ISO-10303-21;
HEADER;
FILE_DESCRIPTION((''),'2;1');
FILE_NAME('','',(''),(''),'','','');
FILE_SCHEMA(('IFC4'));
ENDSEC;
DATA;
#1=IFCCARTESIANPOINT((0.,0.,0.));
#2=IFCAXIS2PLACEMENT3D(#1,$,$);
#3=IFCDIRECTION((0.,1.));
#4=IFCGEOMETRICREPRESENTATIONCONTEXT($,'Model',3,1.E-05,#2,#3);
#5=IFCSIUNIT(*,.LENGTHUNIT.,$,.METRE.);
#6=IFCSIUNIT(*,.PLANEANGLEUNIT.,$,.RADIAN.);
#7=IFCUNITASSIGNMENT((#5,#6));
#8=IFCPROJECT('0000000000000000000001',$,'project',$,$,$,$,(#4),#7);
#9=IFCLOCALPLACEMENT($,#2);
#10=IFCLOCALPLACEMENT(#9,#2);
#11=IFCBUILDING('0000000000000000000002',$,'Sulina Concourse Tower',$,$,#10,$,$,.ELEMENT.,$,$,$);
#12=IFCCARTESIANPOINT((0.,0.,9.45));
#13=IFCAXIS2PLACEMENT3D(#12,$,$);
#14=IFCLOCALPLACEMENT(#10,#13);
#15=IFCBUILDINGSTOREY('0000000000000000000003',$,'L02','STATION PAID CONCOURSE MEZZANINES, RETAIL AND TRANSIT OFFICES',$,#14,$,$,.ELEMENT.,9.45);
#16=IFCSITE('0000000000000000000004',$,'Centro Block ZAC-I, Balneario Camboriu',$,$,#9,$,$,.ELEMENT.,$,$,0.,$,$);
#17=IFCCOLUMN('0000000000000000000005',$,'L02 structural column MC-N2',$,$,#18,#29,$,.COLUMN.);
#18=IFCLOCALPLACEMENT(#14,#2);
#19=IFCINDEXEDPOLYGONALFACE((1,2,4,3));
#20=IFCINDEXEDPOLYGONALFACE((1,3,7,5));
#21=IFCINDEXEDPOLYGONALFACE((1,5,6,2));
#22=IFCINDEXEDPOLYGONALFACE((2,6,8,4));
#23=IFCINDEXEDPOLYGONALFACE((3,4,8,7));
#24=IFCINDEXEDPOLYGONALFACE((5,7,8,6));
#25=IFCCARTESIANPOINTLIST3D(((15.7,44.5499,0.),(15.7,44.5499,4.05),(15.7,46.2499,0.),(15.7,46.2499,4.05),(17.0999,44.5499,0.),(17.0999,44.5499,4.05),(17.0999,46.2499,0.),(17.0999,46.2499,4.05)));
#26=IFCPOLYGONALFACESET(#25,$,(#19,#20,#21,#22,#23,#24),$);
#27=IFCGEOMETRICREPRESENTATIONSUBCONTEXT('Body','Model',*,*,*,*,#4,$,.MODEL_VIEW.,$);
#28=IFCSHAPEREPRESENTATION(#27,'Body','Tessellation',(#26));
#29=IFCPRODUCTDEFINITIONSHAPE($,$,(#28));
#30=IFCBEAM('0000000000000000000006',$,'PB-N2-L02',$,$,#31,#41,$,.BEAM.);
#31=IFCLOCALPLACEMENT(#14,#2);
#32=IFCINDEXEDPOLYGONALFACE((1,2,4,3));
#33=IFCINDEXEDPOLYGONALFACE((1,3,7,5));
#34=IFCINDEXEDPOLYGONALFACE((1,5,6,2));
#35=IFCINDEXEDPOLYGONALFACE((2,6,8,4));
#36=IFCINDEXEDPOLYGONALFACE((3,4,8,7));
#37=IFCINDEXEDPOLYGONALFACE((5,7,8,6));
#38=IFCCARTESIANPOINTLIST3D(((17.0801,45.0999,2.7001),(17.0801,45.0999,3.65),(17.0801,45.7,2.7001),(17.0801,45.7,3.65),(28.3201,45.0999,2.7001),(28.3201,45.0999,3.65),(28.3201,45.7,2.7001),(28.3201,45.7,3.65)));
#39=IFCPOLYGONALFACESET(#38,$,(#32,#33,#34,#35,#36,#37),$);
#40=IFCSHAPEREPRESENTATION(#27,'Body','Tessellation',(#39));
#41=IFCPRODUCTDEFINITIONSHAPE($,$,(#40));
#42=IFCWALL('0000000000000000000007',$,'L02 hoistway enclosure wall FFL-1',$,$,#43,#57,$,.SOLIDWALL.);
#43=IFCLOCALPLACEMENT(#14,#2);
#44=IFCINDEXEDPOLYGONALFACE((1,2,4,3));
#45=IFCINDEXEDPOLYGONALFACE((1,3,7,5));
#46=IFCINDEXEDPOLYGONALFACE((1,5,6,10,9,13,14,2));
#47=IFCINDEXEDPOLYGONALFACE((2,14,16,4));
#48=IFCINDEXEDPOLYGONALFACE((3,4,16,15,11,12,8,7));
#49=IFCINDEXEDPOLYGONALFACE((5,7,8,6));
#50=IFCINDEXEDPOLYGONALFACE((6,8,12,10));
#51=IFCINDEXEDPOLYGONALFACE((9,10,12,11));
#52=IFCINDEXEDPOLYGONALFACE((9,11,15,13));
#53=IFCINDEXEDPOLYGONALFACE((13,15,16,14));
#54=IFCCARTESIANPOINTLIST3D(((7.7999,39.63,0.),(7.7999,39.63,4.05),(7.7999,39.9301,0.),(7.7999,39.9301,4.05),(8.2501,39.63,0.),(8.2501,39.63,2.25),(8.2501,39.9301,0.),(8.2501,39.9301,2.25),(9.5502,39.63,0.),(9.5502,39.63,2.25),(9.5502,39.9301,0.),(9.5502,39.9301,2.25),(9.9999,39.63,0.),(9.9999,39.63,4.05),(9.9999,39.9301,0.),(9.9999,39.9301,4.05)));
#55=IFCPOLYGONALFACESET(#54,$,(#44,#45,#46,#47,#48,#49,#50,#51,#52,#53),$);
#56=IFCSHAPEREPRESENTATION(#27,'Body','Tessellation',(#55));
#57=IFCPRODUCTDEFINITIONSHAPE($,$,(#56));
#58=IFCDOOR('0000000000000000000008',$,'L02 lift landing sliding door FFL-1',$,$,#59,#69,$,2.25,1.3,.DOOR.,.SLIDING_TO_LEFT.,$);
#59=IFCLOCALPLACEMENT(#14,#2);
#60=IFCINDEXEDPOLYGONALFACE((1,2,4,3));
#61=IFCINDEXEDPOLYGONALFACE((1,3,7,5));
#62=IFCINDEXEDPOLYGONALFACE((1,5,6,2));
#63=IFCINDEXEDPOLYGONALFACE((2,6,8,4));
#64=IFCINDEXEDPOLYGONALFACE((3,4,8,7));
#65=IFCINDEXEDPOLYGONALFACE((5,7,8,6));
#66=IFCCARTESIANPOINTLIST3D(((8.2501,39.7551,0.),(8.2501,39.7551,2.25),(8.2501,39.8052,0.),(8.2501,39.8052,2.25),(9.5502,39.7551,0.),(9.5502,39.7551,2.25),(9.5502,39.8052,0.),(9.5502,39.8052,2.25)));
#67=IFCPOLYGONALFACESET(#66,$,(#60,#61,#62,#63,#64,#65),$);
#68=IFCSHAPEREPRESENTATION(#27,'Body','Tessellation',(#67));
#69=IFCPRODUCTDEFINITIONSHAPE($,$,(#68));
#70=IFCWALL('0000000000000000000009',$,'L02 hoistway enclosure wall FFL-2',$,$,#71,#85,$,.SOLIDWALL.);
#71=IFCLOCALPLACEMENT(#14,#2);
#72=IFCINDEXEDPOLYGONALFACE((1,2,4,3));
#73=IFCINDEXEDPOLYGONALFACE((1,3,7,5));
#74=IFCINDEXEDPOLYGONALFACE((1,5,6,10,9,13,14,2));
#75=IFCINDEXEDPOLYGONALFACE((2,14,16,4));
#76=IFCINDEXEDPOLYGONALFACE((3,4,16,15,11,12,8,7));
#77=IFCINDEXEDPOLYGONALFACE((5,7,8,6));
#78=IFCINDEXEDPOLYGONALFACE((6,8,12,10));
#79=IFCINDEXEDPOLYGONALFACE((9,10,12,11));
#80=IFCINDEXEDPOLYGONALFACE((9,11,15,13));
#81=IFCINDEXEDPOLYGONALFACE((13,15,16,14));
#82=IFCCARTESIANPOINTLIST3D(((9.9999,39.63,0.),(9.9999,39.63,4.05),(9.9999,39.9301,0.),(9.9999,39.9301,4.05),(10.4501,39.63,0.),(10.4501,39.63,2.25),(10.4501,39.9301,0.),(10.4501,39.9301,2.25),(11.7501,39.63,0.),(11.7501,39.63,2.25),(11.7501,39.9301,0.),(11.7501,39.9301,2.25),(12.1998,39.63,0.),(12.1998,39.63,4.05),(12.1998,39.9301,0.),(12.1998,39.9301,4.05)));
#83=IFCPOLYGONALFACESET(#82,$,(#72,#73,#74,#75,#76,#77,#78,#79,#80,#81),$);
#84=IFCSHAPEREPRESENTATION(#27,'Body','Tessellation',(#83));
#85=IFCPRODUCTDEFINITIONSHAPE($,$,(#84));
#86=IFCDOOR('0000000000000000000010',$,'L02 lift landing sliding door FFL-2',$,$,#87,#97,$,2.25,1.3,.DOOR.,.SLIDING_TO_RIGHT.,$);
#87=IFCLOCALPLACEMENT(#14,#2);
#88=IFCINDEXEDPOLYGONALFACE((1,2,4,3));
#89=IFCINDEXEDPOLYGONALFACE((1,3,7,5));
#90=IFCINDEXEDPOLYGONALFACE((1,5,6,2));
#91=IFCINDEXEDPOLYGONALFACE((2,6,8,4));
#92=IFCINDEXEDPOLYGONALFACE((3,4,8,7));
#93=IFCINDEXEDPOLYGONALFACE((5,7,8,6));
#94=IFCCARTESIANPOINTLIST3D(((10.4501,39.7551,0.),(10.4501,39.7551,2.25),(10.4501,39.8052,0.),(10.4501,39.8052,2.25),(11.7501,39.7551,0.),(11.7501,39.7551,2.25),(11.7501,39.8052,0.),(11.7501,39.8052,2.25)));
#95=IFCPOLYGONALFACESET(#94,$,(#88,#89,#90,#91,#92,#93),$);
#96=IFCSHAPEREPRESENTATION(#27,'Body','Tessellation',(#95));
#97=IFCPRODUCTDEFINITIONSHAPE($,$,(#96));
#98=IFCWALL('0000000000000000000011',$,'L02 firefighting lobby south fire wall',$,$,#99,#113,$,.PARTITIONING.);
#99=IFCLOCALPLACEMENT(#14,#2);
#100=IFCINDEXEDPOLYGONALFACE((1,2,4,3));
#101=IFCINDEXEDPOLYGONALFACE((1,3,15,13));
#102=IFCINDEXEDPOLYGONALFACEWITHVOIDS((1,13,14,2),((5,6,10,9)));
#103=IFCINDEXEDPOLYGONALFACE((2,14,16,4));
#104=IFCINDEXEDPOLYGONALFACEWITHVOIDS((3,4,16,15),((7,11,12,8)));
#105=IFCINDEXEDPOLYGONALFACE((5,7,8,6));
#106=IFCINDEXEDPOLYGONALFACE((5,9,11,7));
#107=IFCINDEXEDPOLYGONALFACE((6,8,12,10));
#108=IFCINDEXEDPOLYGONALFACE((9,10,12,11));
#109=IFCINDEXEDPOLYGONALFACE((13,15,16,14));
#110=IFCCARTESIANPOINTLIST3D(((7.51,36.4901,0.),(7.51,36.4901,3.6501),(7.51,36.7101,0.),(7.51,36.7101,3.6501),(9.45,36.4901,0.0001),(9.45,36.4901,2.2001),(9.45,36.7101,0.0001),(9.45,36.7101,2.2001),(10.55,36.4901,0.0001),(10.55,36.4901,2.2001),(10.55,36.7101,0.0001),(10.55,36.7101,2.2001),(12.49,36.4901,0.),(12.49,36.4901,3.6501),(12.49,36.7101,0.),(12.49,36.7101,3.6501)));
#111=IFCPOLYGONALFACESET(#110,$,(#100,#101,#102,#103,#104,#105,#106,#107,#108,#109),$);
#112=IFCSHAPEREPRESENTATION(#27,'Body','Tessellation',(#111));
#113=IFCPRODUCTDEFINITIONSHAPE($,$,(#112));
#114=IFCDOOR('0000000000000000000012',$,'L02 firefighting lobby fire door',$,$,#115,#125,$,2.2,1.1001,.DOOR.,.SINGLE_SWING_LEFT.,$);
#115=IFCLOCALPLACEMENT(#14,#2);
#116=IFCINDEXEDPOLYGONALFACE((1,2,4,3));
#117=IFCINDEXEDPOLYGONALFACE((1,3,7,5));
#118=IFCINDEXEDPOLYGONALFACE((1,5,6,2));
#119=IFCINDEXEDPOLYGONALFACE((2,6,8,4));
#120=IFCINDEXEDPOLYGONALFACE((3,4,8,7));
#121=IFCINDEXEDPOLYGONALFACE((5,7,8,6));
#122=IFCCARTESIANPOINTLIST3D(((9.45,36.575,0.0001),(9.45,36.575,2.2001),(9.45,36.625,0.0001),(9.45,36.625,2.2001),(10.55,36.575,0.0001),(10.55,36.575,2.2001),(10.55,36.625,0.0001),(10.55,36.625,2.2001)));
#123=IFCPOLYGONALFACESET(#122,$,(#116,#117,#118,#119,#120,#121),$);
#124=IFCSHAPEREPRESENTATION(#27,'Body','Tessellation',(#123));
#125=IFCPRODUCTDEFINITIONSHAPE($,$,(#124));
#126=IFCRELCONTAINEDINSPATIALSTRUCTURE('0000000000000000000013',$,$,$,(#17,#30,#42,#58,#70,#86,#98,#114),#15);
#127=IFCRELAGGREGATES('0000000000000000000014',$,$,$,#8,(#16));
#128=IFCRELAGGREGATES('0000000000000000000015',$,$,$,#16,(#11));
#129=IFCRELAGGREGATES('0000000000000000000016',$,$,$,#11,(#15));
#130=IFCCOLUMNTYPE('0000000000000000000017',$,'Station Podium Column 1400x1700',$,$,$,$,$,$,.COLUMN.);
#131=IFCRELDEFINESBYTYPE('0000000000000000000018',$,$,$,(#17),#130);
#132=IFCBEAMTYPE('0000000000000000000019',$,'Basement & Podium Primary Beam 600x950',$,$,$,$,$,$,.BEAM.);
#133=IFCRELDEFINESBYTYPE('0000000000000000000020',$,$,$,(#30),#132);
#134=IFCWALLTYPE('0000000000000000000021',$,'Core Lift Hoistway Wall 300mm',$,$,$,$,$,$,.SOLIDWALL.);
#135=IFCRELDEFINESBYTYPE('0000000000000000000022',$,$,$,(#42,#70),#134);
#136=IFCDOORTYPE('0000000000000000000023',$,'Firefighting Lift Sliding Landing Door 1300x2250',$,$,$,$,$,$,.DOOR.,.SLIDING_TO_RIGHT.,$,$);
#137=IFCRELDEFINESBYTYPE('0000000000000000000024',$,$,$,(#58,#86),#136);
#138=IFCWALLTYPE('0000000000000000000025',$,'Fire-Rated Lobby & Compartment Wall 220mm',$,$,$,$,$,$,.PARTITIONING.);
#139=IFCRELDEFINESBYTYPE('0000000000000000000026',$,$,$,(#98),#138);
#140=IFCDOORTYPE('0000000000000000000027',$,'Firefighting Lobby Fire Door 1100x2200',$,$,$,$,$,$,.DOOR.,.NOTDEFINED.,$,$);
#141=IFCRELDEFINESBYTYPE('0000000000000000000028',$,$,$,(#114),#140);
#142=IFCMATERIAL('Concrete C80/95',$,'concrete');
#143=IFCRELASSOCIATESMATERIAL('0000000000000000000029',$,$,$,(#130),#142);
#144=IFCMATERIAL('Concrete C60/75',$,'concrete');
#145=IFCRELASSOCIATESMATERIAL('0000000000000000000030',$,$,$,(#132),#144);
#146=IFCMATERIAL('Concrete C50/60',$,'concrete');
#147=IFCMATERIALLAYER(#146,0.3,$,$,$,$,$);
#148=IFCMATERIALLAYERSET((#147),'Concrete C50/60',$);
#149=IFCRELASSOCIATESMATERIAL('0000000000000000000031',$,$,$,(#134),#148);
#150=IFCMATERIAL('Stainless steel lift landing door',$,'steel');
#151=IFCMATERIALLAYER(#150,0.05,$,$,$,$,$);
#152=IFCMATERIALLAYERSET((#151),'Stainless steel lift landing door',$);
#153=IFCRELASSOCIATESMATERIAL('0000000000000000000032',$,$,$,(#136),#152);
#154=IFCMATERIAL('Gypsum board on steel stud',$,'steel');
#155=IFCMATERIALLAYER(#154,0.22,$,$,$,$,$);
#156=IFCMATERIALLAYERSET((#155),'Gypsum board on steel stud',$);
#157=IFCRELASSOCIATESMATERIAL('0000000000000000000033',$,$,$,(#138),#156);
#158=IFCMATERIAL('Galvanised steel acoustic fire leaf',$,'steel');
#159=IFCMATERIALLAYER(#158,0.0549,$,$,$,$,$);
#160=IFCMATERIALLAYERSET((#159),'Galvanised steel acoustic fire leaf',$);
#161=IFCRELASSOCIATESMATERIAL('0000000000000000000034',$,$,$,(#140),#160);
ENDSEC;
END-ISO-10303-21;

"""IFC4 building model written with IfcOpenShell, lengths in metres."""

from ifc_helpers import new_model, si_unit, direction, frame, frame_2d, origin, origin_2d, place, context, subcontext, project, spatial, rectangle, extrude, material, layer, layer_set, material_profile, profile_set, type_object, element, fill, save


model = new_model("IFC4")

# Units and contexts
model_context = context("Model", 3, precision=1e-05, world=origin(), true_north=direction((0.0, 1.0)))
body_context = subcontext(model_context, "Body", "Model", "MODEL_VIEW")
ifc_project = project(units=[si_unit("LENGTHUNIT", "METRE"), si_unit("PLANEANGLEUNIT", "RADIAN")], contexts=[model_context])

# Site, building, storey
site_placement = place(None, origin())
site = spatial("IfcSite", under=ifc_project, at=site_placement, Name="Centro Block ZAC-I, Balneario Camboriu", CompositionType="ELEMENT", RefElevation=0.0)
building_placement = place(site_placement, origin())
building = spatial("IfcBuilding", under=site, at=building_placement, Name="Sulina Concourse Tower", CompositionType="ELEMENT")
storey_placement = place(building_placement, frame((0.0, 0.0, 9.45)))
storey = spatial("IfcBuildingStorey", under=building, at=storey_placement, Name="L02", Description="STATION PAID CONCOURSE MEZZANINES, RETAIL AND TRANSIT OFFICES", CompositionType="ELEMENT", Elevation=9.45)

# Column
ifc_material_1 = material(Name="Concrete C80/95", Category="concrete")
ifc_material_profile_1 = material_profile(ifc_material_1, rectangle(XDim=1.3999, YDim=1.7, at=origin_2d()), Name="RC 1400x1700")
ifc_profile_set_1 = profile_set([ifc_material_profile_1], Name="Concrete C80/95")
column_type = type_object("IfcColumnType", Name="Station Podium Column 1400x1700", PredefinedType="COLUMN", material=ifc_profile_set_1)
column_placement = place(storey_placement, frame((16.3999, 45.3999, 0.0), z_axis=(0.0, 0.0, 1.0), x_axis=(1.0, 0.0, 0.0)))
element("IfcColumn", 1, at=column_placement, inside=storey, type_object=column_type, Name="L02 structural column MC-N2", PredefinedType="COLUMN", context=body_context, shape_type="SweptSolid", body=[
    extrude(rectangle(XDim=1.3999, YDim=1.7, at=origin_2d()), origin(), (0.0, 0.0, 1.0), 4.05),
])

# Beam
ifc_material_2 = material(Name="Concrete C60/75", Category="concrete")
ifc_material_profile_2 = material_profile(ifc_material_2, rectangle(XDim=0.6001, YDim=0.95, at=origin_2d()), Name="RC 600x950")
ifc_profile_set_2 = profile_set([ifc_material_profile_2], Name="Concrete C60/75")
beam_type = type_object("IfcBeamType", Name="Basement & Podium Primary Beam 600x950", PredefinedType="BEAM", material=ifc_profile_set_2)
beam_placement = place(storey_placement, frame((17.0801, 45.3999, 3.175), z_axis=(1.0, 0.0, 0.0), x_axis=(0.0, 1.0, 0.0)))
element("IfcBeam", 2, at=beam_placement, inside=storey, type_object=beam_type, Name="PB-N2-L02", PredefinedType="BEAM", context=body_context, shape_type="SweptSolid", body=[
    extrude(rectangle(XDim=0.6001, YDim=0.95, at=origin_2d()), origin(), (0.0, 0.0, 1.0), 11.24),
])

# Walls, openings, doors
ifc_material_3 = material(Name="Concrete C50/60", Category="concrete")
ifc_layer_1 = layer(ifc_material_3, 0.3)
ifc_layer_set_1 = layer_set([ifc_layer_1], Name="Concrete C50/60")
wall_type_1 = type_object("IfcWallType", Name="Core Lift Hoistway Wall 300mm", PredefinedType="SOLIDWALL", material=ifc_layer_set_1)
wall_1_placement = place(storey_placement, frame((10.0, 39.78, 0.0), z_axis=(0.0, 0.0, 1.0), x_axis=(-1.0, 0.0, 0.0)))
wall_1 = element("IfcWall", 3, at=wall_1_placement, inside=storey, type_object=wall_type_1, Name="L02 hoistway enclosure wall FFL-1", PredefinedType="SOLIDWALL", context=body_context, shape_type="SweptSolid", body=[
    extrude(rectangle(XDim=2.2, YDim=0.3, at=frame_2d((1.1001, 0.0))), origin(), (0.0, 0.0, 1.0), 4.05),
])
opening_1_placement = place(wall_1_placement, frame((0.45, 0.0, 0.0)))
opening_1 = element("IfcOpeningElement", 4, at=opening_1_placement, cuts=wall_1, PredefinedType="OPENING", context=body_context, shape_type="SweptSolid", body=[
    extrude(rectangle(XDim=1.3, YDim=2.25, at=frame_2d((0.6499, 1.125))), frame((0.0, 0.1599, 0.0), z_axis=(0.0, -1.0, 0.0), x_axis=(1.0, 0.0, 0.0)), (0.0, 0.0, 1.0), 0.3201),
])
ifc_material_4 = material(Name="Stainless steel lift landing door", Category="steel")
ifc_layer_2 = layer(ifc_material_4, 0.05)
ifc_layer_set_2 = layer_set([ifc_layer_2], Name="Stainless steel lift landing door")
door_type_1 = type_object("IfcDoorType", Name="Firefighting Lift Sliding Landing Door 1300x2250", OperationType="SLIDING_TO_RIGHT", PredefinedType="DOOR", material=ifc_layer_set_2)
door_1_placement = place(opening_1_placement, origin())
door_1 = element("IfcDoor", 5, at=door_1_placement, inside=storey, type_object=door_type_1, Name="L02 lift landing sliding door FFL-1", OperationType="SLIDING_TO_LEFT", OverallHeight=2.25, OverallWidth=1.3, PredefinedType="DOOR", context=body_context, shape_type="SweptSolid", body=[
    extrude(rectangle(XDim=1.3, YDim=2.25, at=frame_2d((0.6499, 1.125))), frame((0.0, 0.0249, 0.0), z_axis=(0.0, -1.0, 0.0), x_axis=(1.0, 0.0, 0.0)), (0.0, 0.0, 1.0), 0.05),
])
fill(opening_1, door_1)
wall_2_placement = place(storey_placement, frame((12.2, 39.78, 0.0), z_axis=(0.0, 0.0, 1.0), x_axis=(-1.0, 0.0, 0.0)))
wall_2 = element("IfcWall", 6, at=wall_2_placement, inside=storey, type_object=wall_type_1, Name="L02 hoistway enclosure wall FFL-2", PredefinedType="SOLIDWALL", context=body_context, shape_type="SweptSolid", body=[
    extrude(rectangle(XDim=2.2, YDim=0.3, at=frame_2d((1.1001, 0.0))), origin(), (0.0, 0.0, 1.0), 4.05),
])
opening_2_placement = place(wall_2_placement, frame((0.45, 0.0, 0.0)))
opening_2 = element("IfcOpeningElement", 7, at=opening_2_placement, cuts=wall_2, PredefinedType="OPENING", context=body_context, shape_type="SweptSolid", body=[
    extrude(rectangle(XDim=1.3, YDim=2.25, at=frame_2d((0.6499, 1.125))), frame((0.0, 0.1599, 0.0), z_axis=(0.0, -1.0, 0.0), x_axis=(1.0, 0.0, 0.0)), (0.0, 0.0, 1.0), 0.3201),
])
door_2_placement = place(opening_2_placement, origin())
door_2 = element("IfcDoor", 8, at=door_2_placement, inside=storey, type_object=door_type_1, Name="L02 lift landing sliding door FFL-2", OperationType="SLIDING_TO_RIGHT", OverallHeight=2.25, OverallWidth=1.3, PredefinedType="DOOR", context=body_context, shape_type="SweptSolid", body=[
    extrude(rectangle(XDim=1.3, YDim=2.25, at=frame_2d((0.6499, 1.125))), frame((0.0, 0.0249, 0.0), z_axis=(0.0, -1.0, 0.0), x_axis=(1.0, 0.0, 0.0)), (0.0, 0.0, 1.0), 0.05),
])
fill(opening_2, door_2)
ifc_material_5 = material(Name="Gypsum board on steel stud", Category="steel")
ifc_layer_3 = layer(ifc_material_5, 0.22)
ifc_layer_set_3 = layer_set([ifc_layer_3], Name="Gypsum board on steel stud")
wall_type_2 = type_object("IfcWallType", Name="Fire-Rated Lobby & Compartment Wall 220mm", PredefinedType="PARTITIONING", material=ifc_layer_set_3)
wall_3_placement = place(storey_placement, frame((7.51, 36.6001, 0.0), z_axis=(0.0, 0.0, 1.0), x_axis=(1.0, 0.0, 0.0)))
wall_3 = element("IfcWall", 9, at=wall_3_placement, inside=storey, type_object=wall_type_2, Name="L02 firefighting lobby south fire wall", PredefinedType="PARTITIONING", context=body_context, shape_type="SweptSolid", body=[
    extrude(rectangle(XDim=4.98, YDim=0.22, at=frame_2d((2.49, 0.0))), origin(), (0.0, 0.0, 1.0), 3.6501),
])
opening_3_placement = place(wall_3_placement, frame((1.9399, 0.0, 0.0)))
opening_3 = element("IfcOpeningElement", 10, at=opening_3_placement, cuts=wall_3, PredefinedType="OPENING", context=body_context, shape_type="SweptSolid", body=[
    extrude(rectangle(XDim=1.1001, YDim=2.2, at=frame_2d((0.55, 1.1001))), frame((0.0, 0.1199, 0.0), z_axis=(0.0, -1.0, 0.0), x_axis=(1.0, 0.0, 0.0)), (0.0, 0.0, 1.0), 0.24),
])
ifc_material_6 = material(Name="Galvanised steel acoustic fire leaf", Category="steel")
ifc_layer_4 = layer(ifc_material_6, 0.0549)
ifc_layer_set_4 = layer_set([ifc_layer_4], Name="Galvanised steel acoustic fire leaf")
door_type_2 = type_object("IfcDoorType", Name="Firefighting Lobby Fire Door 1100x2200", OperationType="NOTDEFINED", PredefinedType="DOOR", material=ifc_layer_set_4)
door_3_placement = place(opening_3_placement, origin())
door_3 = element("IfcDoor", 11, at=door_3_placement, inside=storey, type_object=door_type_2, Name="L02 firefighting lobby fire door", OperationType="SINGLE_SWING_LEFT", OverallHeight=2.2, OverallWidth=1.1001, PredefinedType="DOOR", context=body_context, shape_type="SweptSolid", body=[
    extrude(rectangle(XDim=1.1001, YDim=2.2, at=frame_2d((0.55, 1.1001))), frame((0.0, 0.0249, 0.0), z_axis=(0.0, -1.0, 0.0), x_axis=(1.0, 0.0, 0.0)), (0.0, 0.0, 1.0), 0.05),
])
fill(opening_3, door_3)

save(model, "model.ifc")
